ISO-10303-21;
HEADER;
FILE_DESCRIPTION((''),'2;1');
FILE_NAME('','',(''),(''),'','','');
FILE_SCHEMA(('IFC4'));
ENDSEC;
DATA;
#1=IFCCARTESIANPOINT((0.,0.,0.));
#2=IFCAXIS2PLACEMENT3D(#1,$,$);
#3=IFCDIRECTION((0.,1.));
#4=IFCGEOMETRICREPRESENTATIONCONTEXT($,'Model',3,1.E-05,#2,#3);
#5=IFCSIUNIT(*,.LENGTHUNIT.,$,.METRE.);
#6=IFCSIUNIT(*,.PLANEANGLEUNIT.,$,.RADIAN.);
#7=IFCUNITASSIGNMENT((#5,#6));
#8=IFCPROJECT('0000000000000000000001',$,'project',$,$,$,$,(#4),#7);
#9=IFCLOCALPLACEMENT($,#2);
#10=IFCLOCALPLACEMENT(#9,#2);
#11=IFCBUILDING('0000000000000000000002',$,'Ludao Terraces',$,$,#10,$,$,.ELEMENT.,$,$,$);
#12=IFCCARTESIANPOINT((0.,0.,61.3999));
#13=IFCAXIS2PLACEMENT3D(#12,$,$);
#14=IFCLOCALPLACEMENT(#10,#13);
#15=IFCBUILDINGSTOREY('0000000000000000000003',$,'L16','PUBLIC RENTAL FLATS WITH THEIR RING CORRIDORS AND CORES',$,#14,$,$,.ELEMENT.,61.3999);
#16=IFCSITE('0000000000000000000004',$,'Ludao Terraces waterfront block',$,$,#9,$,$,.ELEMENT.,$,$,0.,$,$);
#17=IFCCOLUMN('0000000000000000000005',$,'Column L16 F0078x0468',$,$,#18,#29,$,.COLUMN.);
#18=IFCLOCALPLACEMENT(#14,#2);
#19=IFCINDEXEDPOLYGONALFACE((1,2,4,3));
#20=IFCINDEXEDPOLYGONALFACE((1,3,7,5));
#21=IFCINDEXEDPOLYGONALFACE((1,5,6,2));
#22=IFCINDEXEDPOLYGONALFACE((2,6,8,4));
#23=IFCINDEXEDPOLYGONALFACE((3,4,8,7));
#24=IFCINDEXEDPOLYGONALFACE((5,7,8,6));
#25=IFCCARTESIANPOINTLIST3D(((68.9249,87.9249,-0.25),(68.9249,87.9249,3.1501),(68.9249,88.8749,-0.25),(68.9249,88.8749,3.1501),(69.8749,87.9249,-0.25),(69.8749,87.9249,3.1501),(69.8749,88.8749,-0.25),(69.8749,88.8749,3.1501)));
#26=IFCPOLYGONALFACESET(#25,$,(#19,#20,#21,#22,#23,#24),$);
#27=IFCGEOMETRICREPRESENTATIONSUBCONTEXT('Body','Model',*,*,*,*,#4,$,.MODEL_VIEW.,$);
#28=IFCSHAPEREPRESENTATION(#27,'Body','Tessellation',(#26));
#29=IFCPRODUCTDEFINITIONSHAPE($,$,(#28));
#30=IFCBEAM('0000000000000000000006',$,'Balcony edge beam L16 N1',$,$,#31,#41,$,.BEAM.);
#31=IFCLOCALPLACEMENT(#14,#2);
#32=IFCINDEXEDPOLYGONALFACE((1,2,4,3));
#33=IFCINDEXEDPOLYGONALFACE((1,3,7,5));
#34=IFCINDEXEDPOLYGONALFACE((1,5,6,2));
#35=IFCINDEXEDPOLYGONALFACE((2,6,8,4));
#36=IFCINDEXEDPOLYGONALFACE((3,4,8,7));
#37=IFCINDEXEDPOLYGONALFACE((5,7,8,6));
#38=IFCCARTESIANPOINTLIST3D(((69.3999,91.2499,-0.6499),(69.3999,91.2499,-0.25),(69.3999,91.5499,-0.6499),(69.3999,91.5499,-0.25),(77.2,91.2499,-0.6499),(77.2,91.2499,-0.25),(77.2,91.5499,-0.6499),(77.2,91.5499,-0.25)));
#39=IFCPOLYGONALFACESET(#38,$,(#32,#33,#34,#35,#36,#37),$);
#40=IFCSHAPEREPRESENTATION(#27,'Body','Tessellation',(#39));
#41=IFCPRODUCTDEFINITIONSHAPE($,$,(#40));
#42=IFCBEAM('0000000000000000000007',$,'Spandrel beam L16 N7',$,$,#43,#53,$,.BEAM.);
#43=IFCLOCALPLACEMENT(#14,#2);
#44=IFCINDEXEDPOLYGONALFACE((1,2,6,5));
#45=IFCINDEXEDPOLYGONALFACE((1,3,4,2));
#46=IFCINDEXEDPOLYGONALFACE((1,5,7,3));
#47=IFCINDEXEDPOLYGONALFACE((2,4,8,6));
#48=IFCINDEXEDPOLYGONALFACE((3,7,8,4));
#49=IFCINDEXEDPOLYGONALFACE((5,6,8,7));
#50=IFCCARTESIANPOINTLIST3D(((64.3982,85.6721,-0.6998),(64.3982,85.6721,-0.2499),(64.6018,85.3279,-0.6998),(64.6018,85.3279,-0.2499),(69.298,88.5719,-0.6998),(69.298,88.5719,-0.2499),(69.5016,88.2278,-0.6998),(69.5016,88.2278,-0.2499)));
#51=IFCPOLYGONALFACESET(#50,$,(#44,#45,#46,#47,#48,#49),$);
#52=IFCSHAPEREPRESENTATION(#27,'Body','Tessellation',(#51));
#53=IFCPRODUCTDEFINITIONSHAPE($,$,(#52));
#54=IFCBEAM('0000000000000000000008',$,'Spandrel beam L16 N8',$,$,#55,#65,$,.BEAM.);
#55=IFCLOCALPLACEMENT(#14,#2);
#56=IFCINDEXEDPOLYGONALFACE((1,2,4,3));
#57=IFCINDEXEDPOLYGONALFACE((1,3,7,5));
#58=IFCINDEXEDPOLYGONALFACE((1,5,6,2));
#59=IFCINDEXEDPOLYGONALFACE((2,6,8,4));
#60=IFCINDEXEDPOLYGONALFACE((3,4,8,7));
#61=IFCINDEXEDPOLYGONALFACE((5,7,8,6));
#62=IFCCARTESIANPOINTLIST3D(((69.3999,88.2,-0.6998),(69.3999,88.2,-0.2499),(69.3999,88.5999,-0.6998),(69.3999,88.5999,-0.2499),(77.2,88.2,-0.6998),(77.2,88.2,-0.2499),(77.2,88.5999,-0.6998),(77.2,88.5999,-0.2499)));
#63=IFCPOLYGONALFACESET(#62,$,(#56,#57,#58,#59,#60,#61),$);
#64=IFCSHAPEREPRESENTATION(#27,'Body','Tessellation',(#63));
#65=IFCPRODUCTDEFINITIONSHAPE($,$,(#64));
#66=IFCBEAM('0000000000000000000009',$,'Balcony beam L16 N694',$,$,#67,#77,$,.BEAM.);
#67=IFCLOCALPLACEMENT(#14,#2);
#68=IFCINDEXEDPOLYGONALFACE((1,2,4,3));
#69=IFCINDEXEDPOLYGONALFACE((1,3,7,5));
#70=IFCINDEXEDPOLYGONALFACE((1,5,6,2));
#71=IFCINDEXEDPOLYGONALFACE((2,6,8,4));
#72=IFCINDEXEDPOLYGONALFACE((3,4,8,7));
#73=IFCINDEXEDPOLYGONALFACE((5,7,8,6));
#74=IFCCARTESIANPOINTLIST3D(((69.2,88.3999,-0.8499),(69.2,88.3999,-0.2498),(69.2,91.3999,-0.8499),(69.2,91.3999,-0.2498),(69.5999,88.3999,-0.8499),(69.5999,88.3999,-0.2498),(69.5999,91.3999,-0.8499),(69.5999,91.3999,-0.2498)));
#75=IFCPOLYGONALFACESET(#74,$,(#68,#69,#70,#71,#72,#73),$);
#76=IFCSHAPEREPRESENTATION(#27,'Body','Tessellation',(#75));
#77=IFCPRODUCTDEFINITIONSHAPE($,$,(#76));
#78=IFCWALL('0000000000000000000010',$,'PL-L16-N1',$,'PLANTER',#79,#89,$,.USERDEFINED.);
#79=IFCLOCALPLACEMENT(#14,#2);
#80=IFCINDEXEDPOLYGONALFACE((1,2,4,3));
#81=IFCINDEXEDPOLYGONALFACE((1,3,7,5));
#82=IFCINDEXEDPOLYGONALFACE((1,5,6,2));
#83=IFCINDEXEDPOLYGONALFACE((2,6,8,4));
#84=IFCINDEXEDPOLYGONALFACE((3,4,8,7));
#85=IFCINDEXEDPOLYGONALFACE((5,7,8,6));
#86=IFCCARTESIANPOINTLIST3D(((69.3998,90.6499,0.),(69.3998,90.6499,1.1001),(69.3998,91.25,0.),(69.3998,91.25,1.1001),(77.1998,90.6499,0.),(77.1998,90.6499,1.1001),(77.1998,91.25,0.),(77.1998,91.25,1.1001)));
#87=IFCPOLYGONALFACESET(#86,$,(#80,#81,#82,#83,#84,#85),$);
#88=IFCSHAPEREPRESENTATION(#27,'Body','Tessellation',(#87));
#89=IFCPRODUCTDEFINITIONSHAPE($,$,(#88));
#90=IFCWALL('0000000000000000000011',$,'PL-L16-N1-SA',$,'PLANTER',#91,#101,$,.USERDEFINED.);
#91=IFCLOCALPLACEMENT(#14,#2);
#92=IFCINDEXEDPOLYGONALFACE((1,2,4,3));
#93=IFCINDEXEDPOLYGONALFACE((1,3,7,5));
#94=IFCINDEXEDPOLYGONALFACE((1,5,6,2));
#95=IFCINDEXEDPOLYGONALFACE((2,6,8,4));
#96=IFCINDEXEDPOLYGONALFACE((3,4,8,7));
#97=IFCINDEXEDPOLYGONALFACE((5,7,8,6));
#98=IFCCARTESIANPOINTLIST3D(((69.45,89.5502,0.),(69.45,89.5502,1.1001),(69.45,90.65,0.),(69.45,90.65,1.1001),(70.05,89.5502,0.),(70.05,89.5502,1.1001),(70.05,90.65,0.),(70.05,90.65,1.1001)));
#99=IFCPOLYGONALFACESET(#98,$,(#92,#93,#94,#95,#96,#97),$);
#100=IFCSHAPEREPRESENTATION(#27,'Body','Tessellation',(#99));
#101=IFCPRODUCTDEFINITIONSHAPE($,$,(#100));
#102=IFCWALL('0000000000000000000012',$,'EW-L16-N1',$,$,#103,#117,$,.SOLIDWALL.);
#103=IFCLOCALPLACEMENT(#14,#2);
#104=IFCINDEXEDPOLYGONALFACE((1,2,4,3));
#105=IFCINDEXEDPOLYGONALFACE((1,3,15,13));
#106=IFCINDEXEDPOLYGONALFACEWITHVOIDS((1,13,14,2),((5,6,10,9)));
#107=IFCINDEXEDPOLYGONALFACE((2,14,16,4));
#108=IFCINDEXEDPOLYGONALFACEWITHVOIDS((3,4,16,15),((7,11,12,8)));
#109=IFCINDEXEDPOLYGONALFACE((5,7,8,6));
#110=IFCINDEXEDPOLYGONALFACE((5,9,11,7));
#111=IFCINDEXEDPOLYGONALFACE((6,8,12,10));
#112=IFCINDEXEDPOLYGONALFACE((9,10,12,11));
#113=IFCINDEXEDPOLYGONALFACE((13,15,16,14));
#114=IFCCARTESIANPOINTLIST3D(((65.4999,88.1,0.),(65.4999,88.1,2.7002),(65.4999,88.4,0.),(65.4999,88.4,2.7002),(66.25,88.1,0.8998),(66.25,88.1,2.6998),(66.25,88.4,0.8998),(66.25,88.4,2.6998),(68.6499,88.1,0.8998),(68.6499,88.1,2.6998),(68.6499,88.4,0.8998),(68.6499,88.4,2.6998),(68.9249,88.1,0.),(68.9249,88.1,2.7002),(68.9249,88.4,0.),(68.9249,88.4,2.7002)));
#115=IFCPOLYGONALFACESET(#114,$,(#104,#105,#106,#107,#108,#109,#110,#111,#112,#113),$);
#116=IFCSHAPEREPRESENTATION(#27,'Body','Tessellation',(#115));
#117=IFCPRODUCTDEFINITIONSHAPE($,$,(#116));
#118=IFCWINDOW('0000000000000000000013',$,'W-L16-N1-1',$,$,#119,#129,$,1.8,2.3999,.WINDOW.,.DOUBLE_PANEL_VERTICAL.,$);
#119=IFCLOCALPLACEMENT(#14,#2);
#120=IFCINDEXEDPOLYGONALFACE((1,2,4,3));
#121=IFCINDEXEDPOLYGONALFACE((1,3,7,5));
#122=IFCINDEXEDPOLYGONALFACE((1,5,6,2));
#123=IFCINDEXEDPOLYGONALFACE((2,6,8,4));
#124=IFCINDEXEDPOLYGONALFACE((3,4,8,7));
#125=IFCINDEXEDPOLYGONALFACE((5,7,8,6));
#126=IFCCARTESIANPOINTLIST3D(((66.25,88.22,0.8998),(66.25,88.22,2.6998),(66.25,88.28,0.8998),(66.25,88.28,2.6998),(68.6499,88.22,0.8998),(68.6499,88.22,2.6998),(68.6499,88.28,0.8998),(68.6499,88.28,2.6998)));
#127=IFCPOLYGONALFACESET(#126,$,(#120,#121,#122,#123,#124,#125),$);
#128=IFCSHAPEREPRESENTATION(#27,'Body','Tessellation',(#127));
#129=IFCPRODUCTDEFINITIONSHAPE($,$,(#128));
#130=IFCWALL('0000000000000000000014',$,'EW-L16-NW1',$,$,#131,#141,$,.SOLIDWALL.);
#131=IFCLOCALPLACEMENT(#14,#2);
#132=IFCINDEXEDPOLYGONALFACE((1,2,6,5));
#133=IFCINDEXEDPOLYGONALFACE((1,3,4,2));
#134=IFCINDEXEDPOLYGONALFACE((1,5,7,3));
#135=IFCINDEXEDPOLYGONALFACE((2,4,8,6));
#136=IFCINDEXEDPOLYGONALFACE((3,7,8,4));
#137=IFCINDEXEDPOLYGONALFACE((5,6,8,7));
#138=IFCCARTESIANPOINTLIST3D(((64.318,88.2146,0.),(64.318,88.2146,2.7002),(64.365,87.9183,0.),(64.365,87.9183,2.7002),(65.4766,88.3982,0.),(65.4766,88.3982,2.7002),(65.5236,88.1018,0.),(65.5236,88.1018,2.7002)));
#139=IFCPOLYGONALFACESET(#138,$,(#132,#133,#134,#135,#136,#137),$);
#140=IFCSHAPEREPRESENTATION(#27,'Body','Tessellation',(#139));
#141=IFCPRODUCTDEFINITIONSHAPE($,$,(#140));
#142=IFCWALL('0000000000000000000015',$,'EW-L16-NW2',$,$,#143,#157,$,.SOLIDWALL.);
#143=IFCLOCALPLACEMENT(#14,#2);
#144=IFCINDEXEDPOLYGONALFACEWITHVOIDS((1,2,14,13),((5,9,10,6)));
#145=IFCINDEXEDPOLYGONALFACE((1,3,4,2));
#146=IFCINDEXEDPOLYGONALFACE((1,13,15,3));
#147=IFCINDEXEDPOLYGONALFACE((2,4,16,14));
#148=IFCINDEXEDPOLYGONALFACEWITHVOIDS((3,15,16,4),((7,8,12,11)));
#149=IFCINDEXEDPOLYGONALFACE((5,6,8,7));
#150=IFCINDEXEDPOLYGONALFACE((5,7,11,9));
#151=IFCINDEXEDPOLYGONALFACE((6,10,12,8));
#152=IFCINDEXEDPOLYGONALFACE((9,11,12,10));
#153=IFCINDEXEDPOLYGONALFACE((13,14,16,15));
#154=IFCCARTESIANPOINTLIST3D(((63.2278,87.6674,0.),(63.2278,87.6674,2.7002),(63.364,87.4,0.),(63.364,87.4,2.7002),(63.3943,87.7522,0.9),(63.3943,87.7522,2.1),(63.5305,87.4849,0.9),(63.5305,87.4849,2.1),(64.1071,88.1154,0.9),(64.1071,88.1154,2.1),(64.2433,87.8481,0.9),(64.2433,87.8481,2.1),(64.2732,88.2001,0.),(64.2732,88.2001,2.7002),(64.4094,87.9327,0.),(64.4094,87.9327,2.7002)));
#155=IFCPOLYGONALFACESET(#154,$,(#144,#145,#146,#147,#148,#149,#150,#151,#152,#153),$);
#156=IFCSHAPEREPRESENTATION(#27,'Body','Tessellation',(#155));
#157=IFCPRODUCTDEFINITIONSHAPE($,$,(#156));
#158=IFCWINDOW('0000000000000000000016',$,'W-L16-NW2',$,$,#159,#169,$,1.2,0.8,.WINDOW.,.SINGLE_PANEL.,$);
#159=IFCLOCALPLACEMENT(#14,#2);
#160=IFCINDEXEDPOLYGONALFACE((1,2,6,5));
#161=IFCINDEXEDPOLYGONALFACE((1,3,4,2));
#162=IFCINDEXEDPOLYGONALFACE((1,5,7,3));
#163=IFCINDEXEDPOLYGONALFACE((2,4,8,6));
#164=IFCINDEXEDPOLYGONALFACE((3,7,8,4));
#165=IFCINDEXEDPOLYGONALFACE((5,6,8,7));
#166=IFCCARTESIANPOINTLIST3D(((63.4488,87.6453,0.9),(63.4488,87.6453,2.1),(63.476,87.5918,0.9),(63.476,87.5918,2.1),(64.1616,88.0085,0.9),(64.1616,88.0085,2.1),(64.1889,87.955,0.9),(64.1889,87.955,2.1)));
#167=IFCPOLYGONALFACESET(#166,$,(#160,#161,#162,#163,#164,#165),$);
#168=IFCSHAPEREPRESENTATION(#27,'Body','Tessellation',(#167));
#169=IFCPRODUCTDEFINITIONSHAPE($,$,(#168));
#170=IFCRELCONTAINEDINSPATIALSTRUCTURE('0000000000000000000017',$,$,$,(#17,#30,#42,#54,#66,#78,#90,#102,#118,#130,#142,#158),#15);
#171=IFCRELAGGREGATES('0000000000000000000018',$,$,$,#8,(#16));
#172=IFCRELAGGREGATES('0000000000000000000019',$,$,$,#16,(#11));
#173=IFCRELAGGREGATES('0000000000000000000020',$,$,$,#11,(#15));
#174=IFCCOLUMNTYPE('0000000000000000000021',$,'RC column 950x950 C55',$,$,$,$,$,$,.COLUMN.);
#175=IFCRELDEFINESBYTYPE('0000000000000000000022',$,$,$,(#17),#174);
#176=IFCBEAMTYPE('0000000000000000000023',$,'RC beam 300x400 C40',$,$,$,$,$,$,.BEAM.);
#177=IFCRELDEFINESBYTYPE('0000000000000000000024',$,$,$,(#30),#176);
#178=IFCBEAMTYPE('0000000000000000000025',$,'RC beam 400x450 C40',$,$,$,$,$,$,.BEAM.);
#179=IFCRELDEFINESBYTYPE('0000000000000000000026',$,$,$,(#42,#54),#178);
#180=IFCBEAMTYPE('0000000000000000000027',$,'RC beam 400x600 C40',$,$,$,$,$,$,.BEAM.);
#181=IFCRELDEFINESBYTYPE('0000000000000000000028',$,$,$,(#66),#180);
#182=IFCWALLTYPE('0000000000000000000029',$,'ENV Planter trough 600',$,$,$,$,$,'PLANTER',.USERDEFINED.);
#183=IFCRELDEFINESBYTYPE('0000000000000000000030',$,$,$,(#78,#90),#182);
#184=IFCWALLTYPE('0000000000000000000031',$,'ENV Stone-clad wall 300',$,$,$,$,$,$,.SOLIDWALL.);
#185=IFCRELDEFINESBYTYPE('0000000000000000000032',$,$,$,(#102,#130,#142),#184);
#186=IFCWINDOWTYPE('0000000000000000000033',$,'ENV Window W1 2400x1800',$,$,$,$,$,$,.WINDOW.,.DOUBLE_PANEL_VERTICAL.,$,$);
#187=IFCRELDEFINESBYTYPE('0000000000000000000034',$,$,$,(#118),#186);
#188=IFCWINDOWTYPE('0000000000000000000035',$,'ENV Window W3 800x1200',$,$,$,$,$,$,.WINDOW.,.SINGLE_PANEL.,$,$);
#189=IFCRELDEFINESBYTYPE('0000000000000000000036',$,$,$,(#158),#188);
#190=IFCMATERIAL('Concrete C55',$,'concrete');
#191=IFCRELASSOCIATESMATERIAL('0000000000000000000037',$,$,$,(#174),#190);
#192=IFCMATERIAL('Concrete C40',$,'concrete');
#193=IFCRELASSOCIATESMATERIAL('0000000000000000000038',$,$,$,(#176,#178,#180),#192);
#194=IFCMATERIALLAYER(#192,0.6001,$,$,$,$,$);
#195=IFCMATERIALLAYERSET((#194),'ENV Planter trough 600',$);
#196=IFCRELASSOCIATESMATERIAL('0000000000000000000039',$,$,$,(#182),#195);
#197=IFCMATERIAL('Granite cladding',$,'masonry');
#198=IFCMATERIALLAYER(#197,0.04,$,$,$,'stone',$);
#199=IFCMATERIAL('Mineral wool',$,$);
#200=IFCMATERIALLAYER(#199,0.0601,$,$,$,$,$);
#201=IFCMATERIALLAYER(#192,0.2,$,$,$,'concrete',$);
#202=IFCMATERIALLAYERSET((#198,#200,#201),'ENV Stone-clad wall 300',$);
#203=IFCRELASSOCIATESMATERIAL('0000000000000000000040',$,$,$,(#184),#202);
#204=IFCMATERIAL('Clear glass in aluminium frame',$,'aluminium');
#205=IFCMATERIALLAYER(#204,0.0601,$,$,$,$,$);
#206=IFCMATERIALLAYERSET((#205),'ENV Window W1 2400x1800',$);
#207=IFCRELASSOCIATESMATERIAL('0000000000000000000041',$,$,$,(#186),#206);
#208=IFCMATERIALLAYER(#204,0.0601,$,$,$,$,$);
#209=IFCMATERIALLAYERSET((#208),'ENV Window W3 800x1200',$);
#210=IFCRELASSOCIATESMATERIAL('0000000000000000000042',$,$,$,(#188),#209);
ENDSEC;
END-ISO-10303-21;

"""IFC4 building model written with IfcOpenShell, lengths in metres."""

from ifc_helpers import new_model, si_unit, direction, frame, frame_2d, origin, origin_2d, place, context, subcontext, project, spatial, rectangle, extrude, material, layer, layer_set, material_profile, profile_set, type_object, element, fill, save


model = new_model("IFC4")

# Units and contexts
model_context = context("Model", 3, precision=1e-05, world=origin(), true_north=direction((0.0, 1.0)))
body_context = subcontext(model_context, "Body", "Model", "MODEL_VIEW")
ifc_project = project(units=[si_unit("LENGTHUNIT", "METRE"), si_unit("PLANEANGLEUNIT", "RADIAN")], contexts=[model_context])

# Site, building, storey
site_placement = place(None, origin())
site = spatial("IfcSite", under=ifc_project, at=site_placement, Name="Ludao Terraces waterfront block", CompositionType="ELEMENT", RefElevation=0.0)
building_placement = place(site_placement, origin())
building = spatial("IfcBuilding", under=site, at=building_placement, Name="Ludao Terraces", CompositionType="ELEMENT")
storey_placement = place(building_placement, frame((0.0, 0.0, 61.3999)))
storey = spatial("IfcBuildingStorey", under=building, at=storey_placement, Name="L16", Description="PUBLIC RENTAL FLATS WITH THEIR RING CORRIDORS AND CORES", CompositionType="ELEMENT", Elevation=61.3999)

# Column
ifc_material_1 = material(Name="Concrete C55", Category="concrete")
ifc_material_profile_1 = material_profile(ifc_material_1, rectangle(XDim=0.95, YDim=0.95, at=origin_2d()), Name="950 X 950")
ifc_profile_set_1 = profile_set([ifc_material_profile_1], Name="Concrete C55")
column_type = type_object("IfcColumnType", Name="RC column 950x950 C55", PredefinedType="COLUMN", material=ifc_profile_set_1)
column_placement = place(storey_placement, frame((69.3999, 88.3999, -0.25), z_axis=(0.0, 0.0, 1.0), x_axis=(1.0, 0.0, 0.0)))
element("IfcColumn", 1, at=column_placement, inside=storey, type_object=column_type, Name="Column L16 F0078x0468", PredefinedType="COLUMN", context=body_context, shape_type="SweptSolid", body=[
    extrude(rectangle(XDim=0.95, YDim=0.95, at=origin_2d()), origin(), (0.0, 0.0, 1.0), 3.4001),
])

# Beams
ifc_material_2 = material(Name="Concrete C40", Category="concrete")
ifc_material_profile_2 = material_profile(ifc_material_2, rectangle(XDim=0.3, YDim=0.3999, at=origin_2d()), Name="300 X 400")
ifc_profile_set_2 = profile_set([ifc_material_profile_2], Name="Concrete C40")
beam_type_1 = type_object("IfcBeamType", Name="RC beam 300x400 C40", PredefinedType="BEAM", material=ifc_profile_set_2)
beam_1_placement = place(storey_placement, frame((69.3999, 91.3999, -0.45), z_axis=(1.0, 0.0, 0.0), x_axis=(0.0, 1.0, 0.0)))
element("IfcBeam", 2, at=beam_1_placement, inside=storey, type_object=beam_type_1, Name="Balcony edge beam L16 N1", PredefinedType="BEAM", context=body_context, shape_type="SweptSolid", body=[
    extrude(rectangle(XDim=0.3, YDim=0.3999, at=origin_2d()), origin(), (0.0, 0.0, 1.0), 7.8),
])
ifc_material_profile_3 = material_profile(ifc_material_2, rectangle(XDim=0.3999, YDim=0.45, at=origin_2d()), Name="400 X 450")
ifc_profile_set_3 = profile_set([ifc_material_profile_3], Name="Concrete C40")
beam_type_2 = type_object("IfcBeamType", Name="RC beam 400x450 C40", PredefinedType="BEAM", material=ifc_profile_set_3)
beam_2_placement = place(storey_placement, frame((64.5, 85.5, -0.4749), z_axis=(0.86058, 0.509316, 0.0), x_axis=(-0.509316, 0.86058, 0.0)))
element("IfcBeam", 3, at=beam_2_placement, inside=storey, type_object=beam_type_2, Name="Spandrel beam L16 N7", PredefinedType="BEAM", context=body_context, shape_type="SweptSolid", body=[
    extrude(rectangle(XDim=0.3999, YDim=0.45, at=origin_2d()), origin(), (0.0, 0.0, 1.0), 5.6936),
])
beam_3_placement = place(storey_placement, frame((69.3999, 88.3999, -0.4749), z_axis=(1.0, 0.0, 0.0), x_axis=(0.0, 1.0, 0.0)))
element("IfcBeam", 4, at=beam_3_placement, inside=storey, type_object=beam_type_2, Name="Spandrel beam L16 N8", PredefinedType="BEAM", context=body_context, shape_type="SweptSolid", body=[
    extrude(rectangle(XDim=0.3999, YDim=0.45, at=origin_2d()), origin(), (0.0, 0.0, 1.0), 7.8),
])
ifc_material_profile_4 = material_profile(ifc_material_2, rectangle(XDim=0.3999, YDim=0.6001, at=origin_2d()), Name="400 X 600")
ifc_profile_set_4 = profile_set([ifc_material_profile_4], Name="Concrete C40")
beam_type_3 = type_object("IfcBeamType", Name="RC beam 400x600 C40", PredefinedType="BEAM", material=ifc_profile_set_4)
beam_4_placement = place(storey_placement, frame((69.3999, 88.3999, -0.5498), z_axis=(0.0, 1.0, 0.0), x_axis=(-1.0, 0.0, 0.0)))
element("IfcBeam", 5, at=beam_4_placement, inside=storey, type_object=beam_type_3, Name="Balcony beam L16 N694", PredefinedType="BEAM", context=body_context, shape_type="SweptSolid", body=[
    extrude(rectangle(XDim=0.3999, YDim=0.6001, at=origin_2d()), origin(), (0.0, 0.0, 1.0), 3.0),
])

# Walls
ifc_layer_1 = layer(ifc_material_2, 0.6001)
ifc_layer_set_1 = layer_set([ifc_layer_1], Name="ENV Planter trough 600")
wall_type_1 = type_object("IfcWallType", Name="ENV Planter trough 600", ElementType="PLANTER", PredefinedType="USERDEFINED", material=ifc_layer_set_1)
wall_1_placement = place(storey_placement, frame((69.3999, 90.95, 0.0), z_axis=(0.0, 0.0, 1.0), x_axis=(1.0, 0.0, 0.0)))
element("IfcWall", 6, at=wall_1_placement, inside=storey, type_object=wall_type_1, Name="PL-L16-N1", ObjectType="PLANTER", PredefinedType="USERDEFINED", context=body_context, shape_type="SweptSolid", body=[
    extrude(rectangle(XDim=7.8, YDim=0.6001, at=frame_2d((3.8999, 0.0))), origin(), (0.0, 0.0, 1.0), 1.1001),
])
wall_2_placement = place(storey_placement, frame((69.75, 90.6499, 0.0), z_axis=(0.0, 0.0, 1.0), x_axis=(0.0, -1.0, 0.0)))
element("IfcWall", 7, at=wall_2_placement, inside=storey, type_object=wall_type_1, Name="PL-L16-N1-SA", ObjectType="PLANTER", PredefinedType="USERDEFINED", context=body_context, shape_type="SweptSolid", body=[
    extrude(rectangle(XDim=1.0999, YDim=0.6001, at=frame_2d((0.5498, 0.0))), origin(), (0.0, 0.0, 1.0), 1.1001),
])

# Wall, opening, window
ifc_material_3 = material(Name="Granite cladding", Category="masonry")
ifc_layer_2 = layer(ifc_material_3, 0.04, Category="stone")
ifc_material_4 = material(Name="Mineral wool")
ifc_layer_3 = layer(ifc_material_4, 0.0601)
ifc_layer_4 = layer(ifc_material_2, 0.2, Category="concrete")
ifc_layer_set_2 = layer_set([ifc_layer_2, ifc_layer_3, ifc_layer_4], Name="ENV Stone-clad wall 300")
wall_type_2 = type_object("IfcWallType", Name="ENV Stone-clad wall 300", PredefinedType="SOLIDWALL", material=ifc_layer_set_2)
wall_3_placement = place(storey_placement, frame((65.5, 88.25, 0.0), z_axis=(0.0, 0.0, 1.0), x_axis=(1.0, 0.0, 0.0)))
wall_3 = element("IfcWall", 8, at=wall_3_placement, inside=storey, type_object=wall_type_2, Name="EW-L16-N1", PredefinedType="SOLIDWALL", context=body_context, shape_type="SweptSolid", body=[
    extrude(rectangle(XDim=3.425, YDim=0.3, at=frame_2d((1.7124, 0.0))), origin(), (0.0, 0.0, 1.0), 2.7002),
])
opening_1_placement = place(wall_3_placement, frame((0.75, 0.0, 0.8999)))
opening_1 = element("IfcOpeningElement", 9, at=opening_1_placement, cuts=wall_3, PredefinedType="OPENING", context=body_context, shape_type="SweptSolid", body=[
    extrude(rectangle(XDim=2.3999, YDim=1.8, at=frame_2d((1.2, 0.8999))), frame((0.0, 0.1602, 0.0), z_axis=(0.0, -1.0, 0.0), x_axis=(1.0, 0.0, 0.0)), (0.0, 0.0, 1.0), 0.3201),
])
ifc_material_5 = material(Name="Clear glass in aluminium frame", Category="aluminium")
ifc_layer_5 = layer(ifc_material_5, 0.0601)
ifc_layer_set_3 = layer_set([ifc_layer_5], Name="ENV Window W1 2400x1800")
window_type_1 = type_object("IfcWindowType", Name="ENV Window W1 2400x1800", PartitioningType="DOUBLE_PANEL_VERTICAL", PredefinedType="WINDOW", material=ifc_layer_set_3)
window_1_placement = place(opening_1_placement, origin())
window_1 = element("IfcWindow", 10, at=window_1_placement, inside=storey, type_object=window_type_1, Name="W-L16-N1-1", OverallHeight=1.8, OverallWidth=2.3999, PartitioningType="DOUBLE_PANEL_VERTICAL", PredefinedType="WINDOW", context=body_context, shape_type="SweptSolid", body=[
    extrude(rectangle(XDim=2.3999, YDim=1.8, at=frame_2d((1.2, 0.8999))), frame((0.0, 0.03, 0.0), z_axis=(0.0, -1.0, 0.0), x_axis=(1.0, 0.0, 0.0)), (0.0, 0.0, 1.0), 0.0601),
])
fill(opening_1, window_1)

# Wall
wall_4_placement = place(storey_placement, frame((65.5, 88.25, 0.0), z_axis=(0.0, 0.0, 1.0), x_axis=(-0.987678, -0.156497, 0.0)))
element("IfcWall", 11, at=wall_4_placement, inside=storey, type_object=wall_type_2, Name="EW-L16-NW1", PredefinedType="SOLIDWALL", context=body_context, shape_type="SweptSolid", body=[
    extrude(rectangle(XDim=1.1731, YDim=0.3, at=frame_2d((0.5864, 0.0))), origin(), (0.0, 0.0, 1.0), 2.7002),
])

# Wall, opening, window
wall_5_placement = place(storey_placement, frame((64.3413, 88.0664, 0.0), z_axis=(0.0, 0.0, 1.0), x_axis=(-0.890989, -0.454026, 0.0)))
wall_5 = element("IfcWall", 12, at=wall_5_placement, inside=storey, type_object=wall_type_2, Name="EW-L16-NW2", PredefinedType="SOLIDWALL", context=body_context, shape_type="SweptSolid", body=[
    extrude(rectangle(XDim=1.1733, YDim=0.3, at=frame_2d((0.5867, 0.0))), origin(), (0.0, 0.0, 1.0), 2.7002),
])
opening_2_placement = place(wall_5_placement, frame((0.1865, 0.0, 0.8999)))
opening_2 = element("IfcOpeningElement", 13, at=opening_2_placement, cuts=wall_5, PredefinedType="OPENING", context=body_context, shape_type="SweptSolid", body=[
    extrude(rectangle(XDim=0.8, YDim=1.2, at=frame_2d((0.3999, 0.6001))), frame((0.0, 0.1602, 0.0), z_axis=(0.0, -1.0, 0.0), x_axis=(1.0, 0.0, 0.0)), (0.0, 0.0, 1.0), 0.3201),
])
ifc_layer_6 = layer(ifc_material_5, 0.0601)
ifc_layer_set_4 = layer_set([ifc_layer_6], Name="ENV Window W3 800x1200")
window_type_2 = type_object("IfcWindowType", Name="ENV Window W3 800x1200", PartitioningType="SINGLE_PANEL", PredefinedType="WINDOW", material=ifc_layer_set_4)
window_2_placement = place(opening_2_placement, origin())
window_2 = element("IfcWindow", 14, at=window_2_placement, inside=storey, type_object=window_type_2, Name="W-L16-NW2", OverallHeight=1.2, OverallWidth=0.8, PartitioningType="SINGLE_PANEL", PredefinedType="WINDOW", context=body_context, shape_type="SweptSolid", body=[
    extrude(rectangle(XDim=0.8, YDim=1.2, at=frame_2d((0.3999, 0.6001))), frame((0.0, 0.03, 0.0), z_axis=(0.0, -1.0, 0.0), x_axis=(1.0, 0.0, 0.0)), (0.0, 0.0, 1.0), 0.0601),
])
fill(opening_2, window_2)

save(model, "model.ifc")
